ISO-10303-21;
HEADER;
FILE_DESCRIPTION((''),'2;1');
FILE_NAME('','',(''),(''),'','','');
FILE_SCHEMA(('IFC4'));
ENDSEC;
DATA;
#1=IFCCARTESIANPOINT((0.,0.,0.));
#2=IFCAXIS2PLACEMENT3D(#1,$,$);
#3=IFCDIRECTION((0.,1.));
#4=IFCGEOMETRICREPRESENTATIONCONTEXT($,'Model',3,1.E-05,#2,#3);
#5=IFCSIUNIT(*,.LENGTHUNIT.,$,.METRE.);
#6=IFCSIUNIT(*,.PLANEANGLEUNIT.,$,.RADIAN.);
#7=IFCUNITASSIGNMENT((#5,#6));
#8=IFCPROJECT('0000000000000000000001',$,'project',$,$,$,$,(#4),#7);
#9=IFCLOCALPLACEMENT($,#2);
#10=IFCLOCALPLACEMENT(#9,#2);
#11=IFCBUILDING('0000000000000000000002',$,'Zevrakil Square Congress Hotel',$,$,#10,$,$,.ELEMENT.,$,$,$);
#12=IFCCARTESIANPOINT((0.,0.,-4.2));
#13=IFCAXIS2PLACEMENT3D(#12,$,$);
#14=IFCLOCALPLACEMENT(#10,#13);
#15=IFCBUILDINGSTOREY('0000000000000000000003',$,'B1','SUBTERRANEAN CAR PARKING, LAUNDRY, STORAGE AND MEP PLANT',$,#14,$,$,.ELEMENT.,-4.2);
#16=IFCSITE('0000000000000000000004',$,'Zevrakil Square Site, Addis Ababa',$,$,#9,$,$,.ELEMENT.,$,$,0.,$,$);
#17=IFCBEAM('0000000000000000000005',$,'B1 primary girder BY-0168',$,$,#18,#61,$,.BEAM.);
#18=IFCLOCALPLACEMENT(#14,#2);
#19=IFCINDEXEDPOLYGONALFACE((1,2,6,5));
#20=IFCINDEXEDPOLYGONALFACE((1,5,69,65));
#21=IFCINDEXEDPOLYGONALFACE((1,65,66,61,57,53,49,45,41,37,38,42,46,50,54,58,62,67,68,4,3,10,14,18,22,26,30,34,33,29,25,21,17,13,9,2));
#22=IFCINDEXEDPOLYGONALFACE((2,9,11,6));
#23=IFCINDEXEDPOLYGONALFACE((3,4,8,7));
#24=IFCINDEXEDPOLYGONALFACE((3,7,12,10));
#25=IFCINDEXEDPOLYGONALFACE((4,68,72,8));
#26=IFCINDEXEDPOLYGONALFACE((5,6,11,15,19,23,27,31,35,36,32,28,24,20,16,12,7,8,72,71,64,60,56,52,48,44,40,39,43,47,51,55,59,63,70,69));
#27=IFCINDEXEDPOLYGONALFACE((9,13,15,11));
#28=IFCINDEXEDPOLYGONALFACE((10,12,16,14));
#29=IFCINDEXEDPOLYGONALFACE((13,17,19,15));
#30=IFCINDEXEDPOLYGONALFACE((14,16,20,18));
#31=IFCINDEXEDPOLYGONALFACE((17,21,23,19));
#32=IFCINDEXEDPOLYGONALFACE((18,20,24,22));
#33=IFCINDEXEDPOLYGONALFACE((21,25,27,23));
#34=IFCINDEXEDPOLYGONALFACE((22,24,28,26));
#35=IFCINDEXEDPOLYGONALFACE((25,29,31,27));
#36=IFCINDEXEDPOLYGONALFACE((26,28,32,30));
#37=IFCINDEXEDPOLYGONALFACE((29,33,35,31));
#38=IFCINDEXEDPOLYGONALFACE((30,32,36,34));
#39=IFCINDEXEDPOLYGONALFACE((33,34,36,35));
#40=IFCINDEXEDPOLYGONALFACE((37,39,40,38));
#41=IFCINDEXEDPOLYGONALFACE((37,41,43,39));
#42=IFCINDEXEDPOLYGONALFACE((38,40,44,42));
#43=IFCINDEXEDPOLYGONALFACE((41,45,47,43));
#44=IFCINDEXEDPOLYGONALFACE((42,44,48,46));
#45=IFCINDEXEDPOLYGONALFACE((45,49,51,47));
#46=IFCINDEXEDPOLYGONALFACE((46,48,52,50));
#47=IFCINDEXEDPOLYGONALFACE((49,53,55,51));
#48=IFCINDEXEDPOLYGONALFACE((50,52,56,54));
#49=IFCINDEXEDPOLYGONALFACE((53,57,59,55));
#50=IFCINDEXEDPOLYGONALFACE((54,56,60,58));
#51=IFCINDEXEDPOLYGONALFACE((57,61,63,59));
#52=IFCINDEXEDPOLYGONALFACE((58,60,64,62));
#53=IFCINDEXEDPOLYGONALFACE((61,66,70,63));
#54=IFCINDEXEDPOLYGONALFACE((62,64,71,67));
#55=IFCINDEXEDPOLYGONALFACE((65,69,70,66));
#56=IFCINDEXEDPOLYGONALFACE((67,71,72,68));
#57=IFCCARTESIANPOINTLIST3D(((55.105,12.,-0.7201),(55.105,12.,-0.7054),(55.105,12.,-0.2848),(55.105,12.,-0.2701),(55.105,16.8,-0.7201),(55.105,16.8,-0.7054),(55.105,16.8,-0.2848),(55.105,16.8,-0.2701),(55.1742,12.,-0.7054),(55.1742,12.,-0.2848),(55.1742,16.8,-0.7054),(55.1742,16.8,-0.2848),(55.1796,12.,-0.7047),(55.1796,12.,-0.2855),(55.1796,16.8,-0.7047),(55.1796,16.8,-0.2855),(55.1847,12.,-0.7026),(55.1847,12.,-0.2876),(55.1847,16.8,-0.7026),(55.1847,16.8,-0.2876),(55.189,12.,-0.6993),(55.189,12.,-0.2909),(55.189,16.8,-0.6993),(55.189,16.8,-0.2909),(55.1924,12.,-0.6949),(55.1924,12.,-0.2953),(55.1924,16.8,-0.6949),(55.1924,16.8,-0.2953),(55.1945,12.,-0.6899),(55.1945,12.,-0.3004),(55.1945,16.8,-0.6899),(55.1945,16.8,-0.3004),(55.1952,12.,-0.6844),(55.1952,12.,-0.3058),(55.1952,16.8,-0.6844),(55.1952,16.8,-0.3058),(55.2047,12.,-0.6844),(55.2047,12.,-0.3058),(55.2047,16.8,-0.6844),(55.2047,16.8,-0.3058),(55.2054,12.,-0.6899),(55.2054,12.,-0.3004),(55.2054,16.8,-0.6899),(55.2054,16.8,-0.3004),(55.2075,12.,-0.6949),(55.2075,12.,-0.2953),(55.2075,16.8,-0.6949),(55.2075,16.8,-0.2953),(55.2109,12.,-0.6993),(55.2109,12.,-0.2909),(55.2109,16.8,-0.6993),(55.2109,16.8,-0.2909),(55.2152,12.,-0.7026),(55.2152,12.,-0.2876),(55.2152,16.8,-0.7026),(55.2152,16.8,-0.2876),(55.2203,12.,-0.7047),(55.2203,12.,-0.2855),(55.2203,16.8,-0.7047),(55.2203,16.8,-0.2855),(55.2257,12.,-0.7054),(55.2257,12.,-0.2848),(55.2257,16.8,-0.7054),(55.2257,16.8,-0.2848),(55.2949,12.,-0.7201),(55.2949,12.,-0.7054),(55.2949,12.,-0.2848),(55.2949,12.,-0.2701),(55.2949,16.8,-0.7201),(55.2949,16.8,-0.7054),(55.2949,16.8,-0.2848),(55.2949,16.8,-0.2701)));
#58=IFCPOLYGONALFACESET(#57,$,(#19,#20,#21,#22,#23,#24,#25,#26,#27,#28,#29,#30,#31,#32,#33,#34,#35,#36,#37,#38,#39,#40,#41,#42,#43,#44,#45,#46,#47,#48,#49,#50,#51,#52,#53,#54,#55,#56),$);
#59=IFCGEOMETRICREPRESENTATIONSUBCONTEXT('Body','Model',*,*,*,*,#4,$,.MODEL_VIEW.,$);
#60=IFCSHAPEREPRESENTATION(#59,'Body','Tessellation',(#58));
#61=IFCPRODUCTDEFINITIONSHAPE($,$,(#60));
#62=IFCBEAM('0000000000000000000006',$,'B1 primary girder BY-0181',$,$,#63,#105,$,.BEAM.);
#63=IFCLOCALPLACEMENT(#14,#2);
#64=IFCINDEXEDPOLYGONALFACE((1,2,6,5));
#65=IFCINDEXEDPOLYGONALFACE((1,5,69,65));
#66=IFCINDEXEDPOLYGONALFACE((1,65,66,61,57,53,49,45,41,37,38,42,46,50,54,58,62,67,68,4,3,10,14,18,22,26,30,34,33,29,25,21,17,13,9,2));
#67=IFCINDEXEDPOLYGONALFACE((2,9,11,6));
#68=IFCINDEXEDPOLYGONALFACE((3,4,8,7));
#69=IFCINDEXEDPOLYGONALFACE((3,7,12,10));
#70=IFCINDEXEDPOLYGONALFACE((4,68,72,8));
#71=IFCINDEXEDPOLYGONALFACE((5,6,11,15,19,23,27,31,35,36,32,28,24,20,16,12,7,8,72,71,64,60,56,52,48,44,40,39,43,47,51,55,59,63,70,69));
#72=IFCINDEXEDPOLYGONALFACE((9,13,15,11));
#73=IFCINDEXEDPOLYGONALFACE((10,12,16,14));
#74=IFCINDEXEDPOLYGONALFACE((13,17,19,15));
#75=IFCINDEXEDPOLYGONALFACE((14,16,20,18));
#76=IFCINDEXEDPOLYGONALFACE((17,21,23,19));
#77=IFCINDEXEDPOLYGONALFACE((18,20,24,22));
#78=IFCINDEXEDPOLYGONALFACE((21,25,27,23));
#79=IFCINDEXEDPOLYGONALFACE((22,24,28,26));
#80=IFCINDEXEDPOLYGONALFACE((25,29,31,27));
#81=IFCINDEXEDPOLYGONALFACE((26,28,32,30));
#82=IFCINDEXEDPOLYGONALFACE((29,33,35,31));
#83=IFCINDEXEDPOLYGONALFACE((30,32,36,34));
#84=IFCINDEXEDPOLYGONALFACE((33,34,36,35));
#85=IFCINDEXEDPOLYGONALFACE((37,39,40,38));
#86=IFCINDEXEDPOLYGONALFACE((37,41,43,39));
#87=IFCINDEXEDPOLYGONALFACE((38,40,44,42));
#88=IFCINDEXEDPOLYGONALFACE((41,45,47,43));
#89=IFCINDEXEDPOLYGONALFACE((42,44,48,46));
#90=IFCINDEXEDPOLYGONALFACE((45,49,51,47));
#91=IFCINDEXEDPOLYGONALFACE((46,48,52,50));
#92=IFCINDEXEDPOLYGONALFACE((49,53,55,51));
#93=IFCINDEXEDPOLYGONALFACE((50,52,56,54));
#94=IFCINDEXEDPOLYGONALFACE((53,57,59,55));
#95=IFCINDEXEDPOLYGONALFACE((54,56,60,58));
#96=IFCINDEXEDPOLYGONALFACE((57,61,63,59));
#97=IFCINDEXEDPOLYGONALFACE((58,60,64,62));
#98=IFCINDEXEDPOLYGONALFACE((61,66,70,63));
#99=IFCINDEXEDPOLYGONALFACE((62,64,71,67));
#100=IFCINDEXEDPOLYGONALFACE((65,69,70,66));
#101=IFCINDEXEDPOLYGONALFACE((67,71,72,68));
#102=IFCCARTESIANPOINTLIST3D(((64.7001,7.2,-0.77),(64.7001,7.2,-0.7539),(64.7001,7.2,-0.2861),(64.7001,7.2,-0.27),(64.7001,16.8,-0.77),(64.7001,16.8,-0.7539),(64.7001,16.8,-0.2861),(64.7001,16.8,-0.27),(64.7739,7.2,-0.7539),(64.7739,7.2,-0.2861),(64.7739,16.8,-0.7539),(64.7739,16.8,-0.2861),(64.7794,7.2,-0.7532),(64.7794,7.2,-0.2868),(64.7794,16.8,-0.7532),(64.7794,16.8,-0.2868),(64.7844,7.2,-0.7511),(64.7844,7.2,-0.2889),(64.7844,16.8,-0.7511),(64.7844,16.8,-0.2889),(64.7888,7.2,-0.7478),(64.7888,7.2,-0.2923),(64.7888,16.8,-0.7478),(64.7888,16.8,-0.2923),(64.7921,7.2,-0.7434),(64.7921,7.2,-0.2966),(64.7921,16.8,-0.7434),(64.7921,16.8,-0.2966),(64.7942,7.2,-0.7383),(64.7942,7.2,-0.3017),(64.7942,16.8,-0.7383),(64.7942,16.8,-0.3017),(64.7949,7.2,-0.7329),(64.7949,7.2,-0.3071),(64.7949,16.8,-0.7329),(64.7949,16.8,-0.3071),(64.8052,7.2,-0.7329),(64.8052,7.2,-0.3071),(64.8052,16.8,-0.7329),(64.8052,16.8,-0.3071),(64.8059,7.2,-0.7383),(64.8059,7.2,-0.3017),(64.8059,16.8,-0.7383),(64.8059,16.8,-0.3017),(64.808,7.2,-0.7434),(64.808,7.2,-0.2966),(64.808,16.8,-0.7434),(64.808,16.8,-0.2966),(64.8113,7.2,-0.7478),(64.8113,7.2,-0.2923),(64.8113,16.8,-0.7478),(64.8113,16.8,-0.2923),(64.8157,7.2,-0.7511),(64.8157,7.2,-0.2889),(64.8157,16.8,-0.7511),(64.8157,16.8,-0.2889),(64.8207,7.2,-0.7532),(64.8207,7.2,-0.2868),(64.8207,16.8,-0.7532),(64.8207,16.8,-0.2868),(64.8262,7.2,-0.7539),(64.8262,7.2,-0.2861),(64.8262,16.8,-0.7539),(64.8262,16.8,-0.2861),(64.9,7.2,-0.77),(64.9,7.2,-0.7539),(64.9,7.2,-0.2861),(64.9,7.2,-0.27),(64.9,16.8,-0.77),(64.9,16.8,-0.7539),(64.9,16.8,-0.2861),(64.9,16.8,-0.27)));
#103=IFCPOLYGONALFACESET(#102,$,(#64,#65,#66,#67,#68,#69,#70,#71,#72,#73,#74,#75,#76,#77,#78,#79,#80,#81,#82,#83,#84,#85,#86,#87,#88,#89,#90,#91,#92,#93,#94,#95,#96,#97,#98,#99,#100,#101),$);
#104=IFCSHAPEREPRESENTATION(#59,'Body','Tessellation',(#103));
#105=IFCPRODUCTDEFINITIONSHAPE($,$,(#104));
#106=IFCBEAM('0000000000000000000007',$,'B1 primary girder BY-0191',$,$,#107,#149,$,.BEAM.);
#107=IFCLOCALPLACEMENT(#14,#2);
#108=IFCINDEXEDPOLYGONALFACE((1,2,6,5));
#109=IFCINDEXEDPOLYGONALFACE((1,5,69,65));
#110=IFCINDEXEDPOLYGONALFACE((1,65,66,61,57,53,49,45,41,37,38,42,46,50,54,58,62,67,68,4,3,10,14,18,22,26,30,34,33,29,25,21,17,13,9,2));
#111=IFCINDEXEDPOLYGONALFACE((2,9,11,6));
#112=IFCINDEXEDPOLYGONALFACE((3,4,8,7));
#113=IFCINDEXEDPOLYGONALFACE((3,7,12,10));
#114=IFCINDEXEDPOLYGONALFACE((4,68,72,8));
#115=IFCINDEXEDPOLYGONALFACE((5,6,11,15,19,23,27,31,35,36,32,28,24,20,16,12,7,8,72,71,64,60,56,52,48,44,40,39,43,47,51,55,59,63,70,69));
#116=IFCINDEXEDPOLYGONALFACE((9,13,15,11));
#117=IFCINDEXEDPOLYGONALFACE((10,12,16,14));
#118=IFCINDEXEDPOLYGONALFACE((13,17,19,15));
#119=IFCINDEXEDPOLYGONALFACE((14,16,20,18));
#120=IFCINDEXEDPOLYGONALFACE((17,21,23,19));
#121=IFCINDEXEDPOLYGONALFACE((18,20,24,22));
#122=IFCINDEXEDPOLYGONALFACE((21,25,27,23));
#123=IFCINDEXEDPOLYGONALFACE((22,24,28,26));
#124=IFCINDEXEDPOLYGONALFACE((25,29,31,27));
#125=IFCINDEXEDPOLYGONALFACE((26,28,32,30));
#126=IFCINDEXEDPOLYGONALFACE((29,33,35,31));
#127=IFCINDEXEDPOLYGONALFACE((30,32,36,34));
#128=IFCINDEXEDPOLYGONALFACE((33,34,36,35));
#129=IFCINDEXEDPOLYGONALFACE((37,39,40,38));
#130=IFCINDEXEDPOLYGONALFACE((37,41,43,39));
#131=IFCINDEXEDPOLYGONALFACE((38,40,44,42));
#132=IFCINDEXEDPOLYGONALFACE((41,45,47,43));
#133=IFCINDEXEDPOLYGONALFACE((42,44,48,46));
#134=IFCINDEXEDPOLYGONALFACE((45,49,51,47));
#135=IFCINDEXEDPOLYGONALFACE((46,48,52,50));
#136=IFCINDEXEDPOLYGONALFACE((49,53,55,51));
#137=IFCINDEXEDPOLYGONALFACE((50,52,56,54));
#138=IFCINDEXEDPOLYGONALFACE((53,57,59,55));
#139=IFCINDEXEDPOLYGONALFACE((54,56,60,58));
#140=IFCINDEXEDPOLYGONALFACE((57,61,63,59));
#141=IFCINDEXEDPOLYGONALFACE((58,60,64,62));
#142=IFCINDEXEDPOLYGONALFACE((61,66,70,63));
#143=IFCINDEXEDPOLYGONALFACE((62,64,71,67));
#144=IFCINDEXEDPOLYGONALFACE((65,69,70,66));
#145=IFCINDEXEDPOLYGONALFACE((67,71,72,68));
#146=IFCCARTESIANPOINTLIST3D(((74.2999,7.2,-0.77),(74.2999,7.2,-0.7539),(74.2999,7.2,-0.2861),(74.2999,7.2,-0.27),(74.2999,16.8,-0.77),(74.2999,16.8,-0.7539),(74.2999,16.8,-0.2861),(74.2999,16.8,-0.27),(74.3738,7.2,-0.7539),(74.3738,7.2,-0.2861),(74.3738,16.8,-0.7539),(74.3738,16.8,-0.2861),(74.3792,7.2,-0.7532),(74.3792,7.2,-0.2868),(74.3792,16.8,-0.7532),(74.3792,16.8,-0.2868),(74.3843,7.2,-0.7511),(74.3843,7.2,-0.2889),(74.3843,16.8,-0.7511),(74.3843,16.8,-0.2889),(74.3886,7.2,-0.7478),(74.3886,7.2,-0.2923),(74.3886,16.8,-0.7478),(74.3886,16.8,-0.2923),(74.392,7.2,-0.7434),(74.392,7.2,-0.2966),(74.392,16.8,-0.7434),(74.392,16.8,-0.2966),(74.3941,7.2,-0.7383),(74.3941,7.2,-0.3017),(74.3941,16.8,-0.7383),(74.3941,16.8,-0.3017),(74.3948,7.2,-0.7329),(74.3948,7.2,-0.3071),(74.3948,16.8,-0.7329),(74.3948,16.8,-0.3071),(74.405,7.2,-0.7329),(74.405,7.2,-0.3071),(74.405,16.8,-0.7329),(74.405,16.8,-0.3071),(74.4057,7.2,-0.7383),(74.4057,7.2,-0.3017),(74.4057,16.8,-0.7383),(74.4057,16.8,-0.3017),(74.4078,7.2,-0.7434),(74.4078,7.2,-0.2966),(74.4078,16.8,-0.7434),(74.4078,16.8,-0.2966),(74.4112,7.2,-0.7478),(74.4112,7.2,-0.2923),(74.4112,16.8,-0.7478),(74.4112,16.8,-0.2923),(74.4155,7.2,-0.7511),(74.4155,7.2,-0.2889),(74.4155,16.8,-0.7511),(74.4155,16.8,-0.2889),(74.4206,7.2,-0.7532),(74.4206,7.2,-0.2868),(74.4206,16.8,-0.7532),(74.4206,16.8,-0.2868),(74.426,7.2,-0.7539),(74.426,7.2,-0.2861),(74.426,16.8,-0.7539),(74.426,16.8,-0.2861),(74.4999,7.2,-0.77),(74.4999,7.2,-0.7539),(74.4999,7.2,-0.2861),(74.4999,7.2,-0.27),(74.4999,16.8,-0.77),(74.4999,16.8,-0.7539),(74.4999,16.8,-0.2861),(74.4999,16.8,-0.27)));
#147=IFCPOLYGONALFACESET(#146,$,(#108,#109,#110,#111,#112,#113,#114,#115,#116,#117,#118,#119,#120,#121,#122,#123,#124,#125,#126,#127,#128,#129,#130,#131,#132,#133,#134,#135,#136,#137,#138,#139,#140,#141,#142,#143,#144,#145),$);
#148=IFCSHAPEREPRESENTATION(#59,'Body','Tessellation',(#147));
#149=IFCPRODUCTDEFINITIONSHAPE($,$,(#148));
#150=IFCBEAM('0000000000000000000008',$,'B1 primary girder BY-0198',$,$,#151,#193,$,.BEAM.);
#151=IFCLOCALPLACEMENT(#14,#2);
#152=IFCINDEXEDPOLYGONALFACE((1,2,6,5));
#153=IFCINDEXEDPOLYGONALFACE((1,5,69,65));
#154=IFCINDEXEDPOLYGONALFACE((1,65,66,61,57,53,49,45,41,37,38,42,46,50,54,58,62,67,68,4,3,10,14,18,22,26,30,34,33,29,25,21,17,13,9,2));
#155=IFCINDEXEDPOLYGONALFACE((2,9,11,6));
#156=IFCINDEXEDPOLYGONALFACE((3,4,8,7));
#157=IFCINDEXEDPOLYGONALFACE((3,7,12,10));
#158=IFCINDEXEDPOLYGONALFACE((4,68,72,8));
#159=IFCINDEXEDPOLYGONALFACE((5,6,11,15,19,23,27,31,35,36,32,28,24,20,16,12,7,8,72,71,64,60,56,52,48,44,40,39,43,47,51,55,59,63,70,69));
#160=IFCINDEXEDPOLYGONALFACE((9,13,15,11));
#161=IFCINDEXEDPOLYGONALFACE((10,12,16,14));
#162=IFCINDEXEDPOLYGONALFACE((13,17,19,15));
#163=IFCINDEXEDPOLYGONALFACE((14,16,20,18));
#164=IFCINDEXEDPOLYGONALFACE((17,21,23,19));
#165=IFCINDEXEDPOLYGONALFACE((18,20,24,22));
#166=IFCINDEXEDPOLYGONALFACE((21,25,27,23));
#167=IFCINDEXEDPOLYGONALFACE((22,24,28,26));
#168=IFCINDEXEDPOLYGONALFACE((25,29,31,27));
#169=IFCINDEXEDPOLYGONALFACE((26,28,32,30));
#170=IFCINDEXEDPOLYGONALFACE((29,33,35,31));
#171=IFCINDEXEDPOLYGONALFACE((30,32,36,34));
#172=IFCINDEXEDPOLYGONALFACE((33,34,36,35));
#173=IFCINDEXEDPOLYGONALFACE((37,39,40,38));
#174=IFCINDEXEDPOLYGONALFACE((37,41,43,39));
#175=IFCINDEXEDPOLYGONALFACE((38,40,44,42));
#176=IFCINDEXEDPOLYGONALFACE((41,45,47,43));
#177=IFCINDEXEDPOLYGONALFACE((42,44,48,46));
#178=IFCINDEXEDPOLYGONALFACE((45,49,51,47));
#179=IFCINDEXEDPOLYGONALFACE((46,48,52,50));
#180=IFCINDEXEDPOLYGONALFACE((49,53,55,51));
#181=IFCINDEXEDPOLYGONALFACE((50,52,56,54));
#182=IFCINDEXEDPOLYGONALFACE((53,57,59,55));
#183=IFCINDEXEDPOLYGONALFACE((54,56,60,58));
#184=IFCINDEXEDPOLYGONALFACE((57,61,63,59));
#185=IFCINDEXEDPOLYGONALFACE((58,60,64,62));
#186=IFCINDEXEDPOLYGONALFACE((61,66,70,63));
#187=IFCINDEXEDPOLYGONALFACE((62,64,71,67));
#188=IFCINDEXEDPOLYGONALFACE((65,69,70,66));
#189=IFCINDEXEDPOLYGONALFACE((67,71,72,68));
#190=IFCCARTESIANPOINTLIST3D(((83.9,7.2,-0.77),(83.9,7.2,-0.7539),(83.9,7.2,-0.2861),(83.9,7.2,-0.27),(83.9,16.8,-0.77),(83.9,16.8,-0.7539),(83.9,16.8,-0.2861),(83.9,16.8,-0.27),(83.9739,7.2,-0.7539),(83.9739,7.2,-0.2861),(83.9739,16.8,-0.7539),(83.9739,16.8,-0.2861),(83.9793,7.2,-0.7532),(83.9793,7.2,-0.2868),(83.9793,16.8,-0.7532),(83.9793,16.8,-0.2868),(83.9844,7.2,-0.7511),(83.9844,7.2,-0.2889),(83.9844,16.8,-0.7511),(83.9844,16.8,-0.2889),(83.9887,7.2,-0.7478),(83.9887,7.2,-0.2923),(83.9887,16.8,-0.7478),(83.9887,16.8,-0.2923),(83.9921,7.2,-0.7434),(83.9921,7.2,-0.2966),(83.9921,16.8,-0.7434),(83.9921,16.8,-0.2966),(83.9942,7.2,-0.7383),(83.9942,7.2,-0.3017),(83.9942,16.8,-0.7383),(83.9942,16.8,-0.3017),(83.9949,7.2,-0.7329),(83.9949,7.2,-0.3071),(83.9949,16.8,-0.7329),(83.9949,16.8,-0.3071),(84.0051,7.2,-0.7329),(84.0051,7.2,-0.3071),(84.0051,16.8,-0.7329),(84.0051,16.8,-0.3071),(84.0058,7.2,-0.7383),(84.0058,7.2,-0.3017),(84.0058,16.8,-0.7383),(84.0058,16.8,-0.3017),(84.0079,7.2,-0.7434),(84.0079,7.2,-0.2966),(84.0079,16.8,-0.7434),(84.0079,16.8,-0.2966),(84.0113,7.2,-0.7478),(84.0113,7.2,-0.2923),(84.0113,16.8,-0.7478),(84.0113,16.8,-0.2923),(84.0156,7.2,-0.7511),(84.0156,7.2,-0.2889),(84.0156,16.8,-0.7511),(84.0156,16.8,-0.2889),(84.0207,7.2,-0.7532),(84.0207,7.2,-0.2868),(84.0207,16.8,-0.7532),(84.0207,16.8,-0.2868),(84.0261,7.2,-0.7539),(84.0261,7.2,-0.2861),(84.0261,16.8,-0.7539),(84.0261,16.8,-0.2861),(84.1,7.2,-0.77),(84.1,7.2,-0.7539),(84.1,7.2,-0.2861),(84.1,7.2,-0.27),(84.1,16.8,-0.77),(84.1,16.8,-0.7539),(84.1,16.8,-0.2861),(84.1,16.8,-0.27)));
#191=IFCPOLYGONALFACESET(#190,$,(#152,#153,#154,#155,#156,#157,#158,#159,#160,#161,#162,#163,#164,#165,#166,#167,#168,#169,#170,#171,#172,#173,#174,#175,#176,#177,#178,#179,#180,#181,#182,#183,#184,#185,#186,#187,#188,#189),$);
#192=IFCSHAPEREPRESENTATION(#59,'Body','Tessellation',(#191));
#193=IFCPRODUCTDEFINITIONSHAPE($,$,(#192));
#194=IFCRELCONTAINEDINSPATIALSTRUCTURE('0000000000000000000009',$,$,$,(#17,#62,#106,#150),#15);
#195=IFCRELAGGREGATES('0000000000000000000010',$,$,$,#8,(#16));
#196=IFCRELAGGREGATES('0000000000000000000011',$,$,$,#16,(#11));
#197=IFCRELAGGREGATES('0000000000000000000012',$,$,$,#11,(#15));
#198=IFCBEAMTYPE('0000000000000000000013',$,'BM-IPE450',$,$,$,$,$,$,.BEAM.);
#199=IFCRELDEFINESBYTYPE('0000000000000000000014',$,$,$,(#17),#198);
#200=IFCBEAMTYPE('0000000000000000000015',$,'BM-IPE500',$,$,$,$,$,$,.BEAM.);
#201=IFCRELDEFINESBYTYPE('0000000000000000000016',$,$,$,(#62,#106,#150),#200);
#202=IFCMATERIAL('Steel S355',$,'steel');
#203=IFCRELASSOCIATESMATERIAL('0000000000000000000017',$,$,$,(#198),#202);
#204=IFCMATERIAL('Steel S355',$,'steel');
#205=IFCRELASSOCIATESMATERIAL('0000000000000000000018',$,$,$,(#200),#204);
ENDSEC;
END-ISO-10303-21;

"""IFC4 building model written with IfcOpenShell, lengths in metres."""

from ifc_helpers import new_model, si_unit, direction, frame, origin, origin_2d, place, context, subcontext, project, spatial, i_section, extrude, material, material_profile, profile_set, type_object, element, save


model = new_model("IFC4")

# Units and contexts
model_context = context("Model", 3, precision=1e-05, world=origin(), true_north=direction((0.0, 1.0)))
body_context = subcontext(model_context, "Body", "Model", "MODEL_VIEW")
ifc_project = project(units=[si_unit("LENGTHUNIT", "METRE"), si_unit("PLANEANGLEUNIT", "RADIAN")], contexts=[model_context])

# Site, building, storey
site_placement = place(None, origin())
site = spatial("IfcSite", under=ifc_project, at=site_placement, Name="Zevrakil Square Site, Addis Ababa", CompositionType="ELEMENT", RefElevation=0.0)
building_placement = place(site_placement, origin())
building = spatial("IfcBuilding", under=site, at=building_placement, Name="Zevrakil Square Congress Hotel", CompositionType="ELEMENT")
storey_placement = place(building_placement, frame((0.0, 0.0, -4.2)))
storey = spatial("IfcBuildingStorey", under=building, at=storey_placement, Name="B1", Description="SUBTERRANEAN CAR PARKING, LAUNDRY, STORAGE AND MEP PLANT", CompositionType="ELEMENT", Elevation=-4.2)

# Beams
ifc_material_1 = material(Name="Steel S355", Category="steel")
ifc_material_profile_1 = material_profile(ifc_material_1, i_section(OverallWidth=0.1899, OverallDepth=0.45, WebThickness=0.0095, FlangeThickness=0.0146, FilletRadius=0.021, at=origin_2d()), Name="IPE 450")
ifc_profile_set_1 = profile_set([ifc_material_profile_1], Name="Steel S355")
beam_type_1 = type_object("IfcBeamType", Name="BM-IPE450", PredefinedType="BEAM", material=ifc_profile_set_1)
for number, where, z_axis, x_axis, name in (
    (1, (55.2, 12.0, -0.4951), (0.0, 1.0, 0.0), (-1.0, 0.0, 0.0), "B1 primary girder BY-0168"),
):
    element("IfcBeam", number, at=place(storey_placement, frame(where, z_axis=z_axis, x_axis=x_axis)), inside=storey, type_object=beam_type_1, Name=name, PredefinedType="BEAM", context=body_context, shape_type="SweptSolid", body=[
        extrude(i_section(OverallWidth=0.1899, OverallDepth=0.45, WebThickness=0.0095, FlangeThickness=0.0146, FilletRadius=0.021, at=origin_2d()), origin(), (0.0, 0.0, 1.0), 4.8),
    ])
ifc_material_2 = material(Name="Steel S355", Category="steel")
ifc_material_profile_2 = material_profile(ifc_material_2, i_section(OverallWidth=0.2, OverallDepth=0.5, WebThickness=0.0103, FlangeThickness=0.0161, FilletRadius=0.021, at=origin_2d()), Name="IPE 500")
ifc_profile_set_2 = profile_set([ifc_material_profile_2], Name="Steel S355")
beam_type_2 = type_object("IfcBeamType", Name="BM-IPE500", PredefinedType="BEAM", material=ifc_profile_set_2)
for number, where, z_axis, x_axis, name in (
    (2, (64.8, 7.2, -0.52), (0.0, 1.0, 0.0), (-1.0, 0.0, 0.0), "B1 primary girder BY-0181"),
    (3, (74.3999, 7.2, -0.52), (0.0, 1.0, 0.0), (-1.0, 0.0, 0.0), "B1 primary girder BY-0191"),
    (4, (84.0, 7.2, -0.52), (0.0, 1.0, 0.0), (-1.0, 0.0, 0.0), "B1 primary girder BY-0198"),
):
    element("IfcBeam", number, at=place(storey_placement, frame(where, z_axis=z_axis, x_axis=x_axis)), inside=storey, type_object=beam_type_2, Name=name, PredefinedType="BEAM", context=body_context, shape_type="SweptSolid", body=[
        extrude(i_section(OverallWidth=0.2, OverallDepth=0.5, WebThickness=0.0103, FlangeThickness=0.0161, FilletRadius=0.021, at=origin_2d()), origin(), (0.0, 0.0, 1.0), 9.6001),
    ])

save(model, "model.ifc")
